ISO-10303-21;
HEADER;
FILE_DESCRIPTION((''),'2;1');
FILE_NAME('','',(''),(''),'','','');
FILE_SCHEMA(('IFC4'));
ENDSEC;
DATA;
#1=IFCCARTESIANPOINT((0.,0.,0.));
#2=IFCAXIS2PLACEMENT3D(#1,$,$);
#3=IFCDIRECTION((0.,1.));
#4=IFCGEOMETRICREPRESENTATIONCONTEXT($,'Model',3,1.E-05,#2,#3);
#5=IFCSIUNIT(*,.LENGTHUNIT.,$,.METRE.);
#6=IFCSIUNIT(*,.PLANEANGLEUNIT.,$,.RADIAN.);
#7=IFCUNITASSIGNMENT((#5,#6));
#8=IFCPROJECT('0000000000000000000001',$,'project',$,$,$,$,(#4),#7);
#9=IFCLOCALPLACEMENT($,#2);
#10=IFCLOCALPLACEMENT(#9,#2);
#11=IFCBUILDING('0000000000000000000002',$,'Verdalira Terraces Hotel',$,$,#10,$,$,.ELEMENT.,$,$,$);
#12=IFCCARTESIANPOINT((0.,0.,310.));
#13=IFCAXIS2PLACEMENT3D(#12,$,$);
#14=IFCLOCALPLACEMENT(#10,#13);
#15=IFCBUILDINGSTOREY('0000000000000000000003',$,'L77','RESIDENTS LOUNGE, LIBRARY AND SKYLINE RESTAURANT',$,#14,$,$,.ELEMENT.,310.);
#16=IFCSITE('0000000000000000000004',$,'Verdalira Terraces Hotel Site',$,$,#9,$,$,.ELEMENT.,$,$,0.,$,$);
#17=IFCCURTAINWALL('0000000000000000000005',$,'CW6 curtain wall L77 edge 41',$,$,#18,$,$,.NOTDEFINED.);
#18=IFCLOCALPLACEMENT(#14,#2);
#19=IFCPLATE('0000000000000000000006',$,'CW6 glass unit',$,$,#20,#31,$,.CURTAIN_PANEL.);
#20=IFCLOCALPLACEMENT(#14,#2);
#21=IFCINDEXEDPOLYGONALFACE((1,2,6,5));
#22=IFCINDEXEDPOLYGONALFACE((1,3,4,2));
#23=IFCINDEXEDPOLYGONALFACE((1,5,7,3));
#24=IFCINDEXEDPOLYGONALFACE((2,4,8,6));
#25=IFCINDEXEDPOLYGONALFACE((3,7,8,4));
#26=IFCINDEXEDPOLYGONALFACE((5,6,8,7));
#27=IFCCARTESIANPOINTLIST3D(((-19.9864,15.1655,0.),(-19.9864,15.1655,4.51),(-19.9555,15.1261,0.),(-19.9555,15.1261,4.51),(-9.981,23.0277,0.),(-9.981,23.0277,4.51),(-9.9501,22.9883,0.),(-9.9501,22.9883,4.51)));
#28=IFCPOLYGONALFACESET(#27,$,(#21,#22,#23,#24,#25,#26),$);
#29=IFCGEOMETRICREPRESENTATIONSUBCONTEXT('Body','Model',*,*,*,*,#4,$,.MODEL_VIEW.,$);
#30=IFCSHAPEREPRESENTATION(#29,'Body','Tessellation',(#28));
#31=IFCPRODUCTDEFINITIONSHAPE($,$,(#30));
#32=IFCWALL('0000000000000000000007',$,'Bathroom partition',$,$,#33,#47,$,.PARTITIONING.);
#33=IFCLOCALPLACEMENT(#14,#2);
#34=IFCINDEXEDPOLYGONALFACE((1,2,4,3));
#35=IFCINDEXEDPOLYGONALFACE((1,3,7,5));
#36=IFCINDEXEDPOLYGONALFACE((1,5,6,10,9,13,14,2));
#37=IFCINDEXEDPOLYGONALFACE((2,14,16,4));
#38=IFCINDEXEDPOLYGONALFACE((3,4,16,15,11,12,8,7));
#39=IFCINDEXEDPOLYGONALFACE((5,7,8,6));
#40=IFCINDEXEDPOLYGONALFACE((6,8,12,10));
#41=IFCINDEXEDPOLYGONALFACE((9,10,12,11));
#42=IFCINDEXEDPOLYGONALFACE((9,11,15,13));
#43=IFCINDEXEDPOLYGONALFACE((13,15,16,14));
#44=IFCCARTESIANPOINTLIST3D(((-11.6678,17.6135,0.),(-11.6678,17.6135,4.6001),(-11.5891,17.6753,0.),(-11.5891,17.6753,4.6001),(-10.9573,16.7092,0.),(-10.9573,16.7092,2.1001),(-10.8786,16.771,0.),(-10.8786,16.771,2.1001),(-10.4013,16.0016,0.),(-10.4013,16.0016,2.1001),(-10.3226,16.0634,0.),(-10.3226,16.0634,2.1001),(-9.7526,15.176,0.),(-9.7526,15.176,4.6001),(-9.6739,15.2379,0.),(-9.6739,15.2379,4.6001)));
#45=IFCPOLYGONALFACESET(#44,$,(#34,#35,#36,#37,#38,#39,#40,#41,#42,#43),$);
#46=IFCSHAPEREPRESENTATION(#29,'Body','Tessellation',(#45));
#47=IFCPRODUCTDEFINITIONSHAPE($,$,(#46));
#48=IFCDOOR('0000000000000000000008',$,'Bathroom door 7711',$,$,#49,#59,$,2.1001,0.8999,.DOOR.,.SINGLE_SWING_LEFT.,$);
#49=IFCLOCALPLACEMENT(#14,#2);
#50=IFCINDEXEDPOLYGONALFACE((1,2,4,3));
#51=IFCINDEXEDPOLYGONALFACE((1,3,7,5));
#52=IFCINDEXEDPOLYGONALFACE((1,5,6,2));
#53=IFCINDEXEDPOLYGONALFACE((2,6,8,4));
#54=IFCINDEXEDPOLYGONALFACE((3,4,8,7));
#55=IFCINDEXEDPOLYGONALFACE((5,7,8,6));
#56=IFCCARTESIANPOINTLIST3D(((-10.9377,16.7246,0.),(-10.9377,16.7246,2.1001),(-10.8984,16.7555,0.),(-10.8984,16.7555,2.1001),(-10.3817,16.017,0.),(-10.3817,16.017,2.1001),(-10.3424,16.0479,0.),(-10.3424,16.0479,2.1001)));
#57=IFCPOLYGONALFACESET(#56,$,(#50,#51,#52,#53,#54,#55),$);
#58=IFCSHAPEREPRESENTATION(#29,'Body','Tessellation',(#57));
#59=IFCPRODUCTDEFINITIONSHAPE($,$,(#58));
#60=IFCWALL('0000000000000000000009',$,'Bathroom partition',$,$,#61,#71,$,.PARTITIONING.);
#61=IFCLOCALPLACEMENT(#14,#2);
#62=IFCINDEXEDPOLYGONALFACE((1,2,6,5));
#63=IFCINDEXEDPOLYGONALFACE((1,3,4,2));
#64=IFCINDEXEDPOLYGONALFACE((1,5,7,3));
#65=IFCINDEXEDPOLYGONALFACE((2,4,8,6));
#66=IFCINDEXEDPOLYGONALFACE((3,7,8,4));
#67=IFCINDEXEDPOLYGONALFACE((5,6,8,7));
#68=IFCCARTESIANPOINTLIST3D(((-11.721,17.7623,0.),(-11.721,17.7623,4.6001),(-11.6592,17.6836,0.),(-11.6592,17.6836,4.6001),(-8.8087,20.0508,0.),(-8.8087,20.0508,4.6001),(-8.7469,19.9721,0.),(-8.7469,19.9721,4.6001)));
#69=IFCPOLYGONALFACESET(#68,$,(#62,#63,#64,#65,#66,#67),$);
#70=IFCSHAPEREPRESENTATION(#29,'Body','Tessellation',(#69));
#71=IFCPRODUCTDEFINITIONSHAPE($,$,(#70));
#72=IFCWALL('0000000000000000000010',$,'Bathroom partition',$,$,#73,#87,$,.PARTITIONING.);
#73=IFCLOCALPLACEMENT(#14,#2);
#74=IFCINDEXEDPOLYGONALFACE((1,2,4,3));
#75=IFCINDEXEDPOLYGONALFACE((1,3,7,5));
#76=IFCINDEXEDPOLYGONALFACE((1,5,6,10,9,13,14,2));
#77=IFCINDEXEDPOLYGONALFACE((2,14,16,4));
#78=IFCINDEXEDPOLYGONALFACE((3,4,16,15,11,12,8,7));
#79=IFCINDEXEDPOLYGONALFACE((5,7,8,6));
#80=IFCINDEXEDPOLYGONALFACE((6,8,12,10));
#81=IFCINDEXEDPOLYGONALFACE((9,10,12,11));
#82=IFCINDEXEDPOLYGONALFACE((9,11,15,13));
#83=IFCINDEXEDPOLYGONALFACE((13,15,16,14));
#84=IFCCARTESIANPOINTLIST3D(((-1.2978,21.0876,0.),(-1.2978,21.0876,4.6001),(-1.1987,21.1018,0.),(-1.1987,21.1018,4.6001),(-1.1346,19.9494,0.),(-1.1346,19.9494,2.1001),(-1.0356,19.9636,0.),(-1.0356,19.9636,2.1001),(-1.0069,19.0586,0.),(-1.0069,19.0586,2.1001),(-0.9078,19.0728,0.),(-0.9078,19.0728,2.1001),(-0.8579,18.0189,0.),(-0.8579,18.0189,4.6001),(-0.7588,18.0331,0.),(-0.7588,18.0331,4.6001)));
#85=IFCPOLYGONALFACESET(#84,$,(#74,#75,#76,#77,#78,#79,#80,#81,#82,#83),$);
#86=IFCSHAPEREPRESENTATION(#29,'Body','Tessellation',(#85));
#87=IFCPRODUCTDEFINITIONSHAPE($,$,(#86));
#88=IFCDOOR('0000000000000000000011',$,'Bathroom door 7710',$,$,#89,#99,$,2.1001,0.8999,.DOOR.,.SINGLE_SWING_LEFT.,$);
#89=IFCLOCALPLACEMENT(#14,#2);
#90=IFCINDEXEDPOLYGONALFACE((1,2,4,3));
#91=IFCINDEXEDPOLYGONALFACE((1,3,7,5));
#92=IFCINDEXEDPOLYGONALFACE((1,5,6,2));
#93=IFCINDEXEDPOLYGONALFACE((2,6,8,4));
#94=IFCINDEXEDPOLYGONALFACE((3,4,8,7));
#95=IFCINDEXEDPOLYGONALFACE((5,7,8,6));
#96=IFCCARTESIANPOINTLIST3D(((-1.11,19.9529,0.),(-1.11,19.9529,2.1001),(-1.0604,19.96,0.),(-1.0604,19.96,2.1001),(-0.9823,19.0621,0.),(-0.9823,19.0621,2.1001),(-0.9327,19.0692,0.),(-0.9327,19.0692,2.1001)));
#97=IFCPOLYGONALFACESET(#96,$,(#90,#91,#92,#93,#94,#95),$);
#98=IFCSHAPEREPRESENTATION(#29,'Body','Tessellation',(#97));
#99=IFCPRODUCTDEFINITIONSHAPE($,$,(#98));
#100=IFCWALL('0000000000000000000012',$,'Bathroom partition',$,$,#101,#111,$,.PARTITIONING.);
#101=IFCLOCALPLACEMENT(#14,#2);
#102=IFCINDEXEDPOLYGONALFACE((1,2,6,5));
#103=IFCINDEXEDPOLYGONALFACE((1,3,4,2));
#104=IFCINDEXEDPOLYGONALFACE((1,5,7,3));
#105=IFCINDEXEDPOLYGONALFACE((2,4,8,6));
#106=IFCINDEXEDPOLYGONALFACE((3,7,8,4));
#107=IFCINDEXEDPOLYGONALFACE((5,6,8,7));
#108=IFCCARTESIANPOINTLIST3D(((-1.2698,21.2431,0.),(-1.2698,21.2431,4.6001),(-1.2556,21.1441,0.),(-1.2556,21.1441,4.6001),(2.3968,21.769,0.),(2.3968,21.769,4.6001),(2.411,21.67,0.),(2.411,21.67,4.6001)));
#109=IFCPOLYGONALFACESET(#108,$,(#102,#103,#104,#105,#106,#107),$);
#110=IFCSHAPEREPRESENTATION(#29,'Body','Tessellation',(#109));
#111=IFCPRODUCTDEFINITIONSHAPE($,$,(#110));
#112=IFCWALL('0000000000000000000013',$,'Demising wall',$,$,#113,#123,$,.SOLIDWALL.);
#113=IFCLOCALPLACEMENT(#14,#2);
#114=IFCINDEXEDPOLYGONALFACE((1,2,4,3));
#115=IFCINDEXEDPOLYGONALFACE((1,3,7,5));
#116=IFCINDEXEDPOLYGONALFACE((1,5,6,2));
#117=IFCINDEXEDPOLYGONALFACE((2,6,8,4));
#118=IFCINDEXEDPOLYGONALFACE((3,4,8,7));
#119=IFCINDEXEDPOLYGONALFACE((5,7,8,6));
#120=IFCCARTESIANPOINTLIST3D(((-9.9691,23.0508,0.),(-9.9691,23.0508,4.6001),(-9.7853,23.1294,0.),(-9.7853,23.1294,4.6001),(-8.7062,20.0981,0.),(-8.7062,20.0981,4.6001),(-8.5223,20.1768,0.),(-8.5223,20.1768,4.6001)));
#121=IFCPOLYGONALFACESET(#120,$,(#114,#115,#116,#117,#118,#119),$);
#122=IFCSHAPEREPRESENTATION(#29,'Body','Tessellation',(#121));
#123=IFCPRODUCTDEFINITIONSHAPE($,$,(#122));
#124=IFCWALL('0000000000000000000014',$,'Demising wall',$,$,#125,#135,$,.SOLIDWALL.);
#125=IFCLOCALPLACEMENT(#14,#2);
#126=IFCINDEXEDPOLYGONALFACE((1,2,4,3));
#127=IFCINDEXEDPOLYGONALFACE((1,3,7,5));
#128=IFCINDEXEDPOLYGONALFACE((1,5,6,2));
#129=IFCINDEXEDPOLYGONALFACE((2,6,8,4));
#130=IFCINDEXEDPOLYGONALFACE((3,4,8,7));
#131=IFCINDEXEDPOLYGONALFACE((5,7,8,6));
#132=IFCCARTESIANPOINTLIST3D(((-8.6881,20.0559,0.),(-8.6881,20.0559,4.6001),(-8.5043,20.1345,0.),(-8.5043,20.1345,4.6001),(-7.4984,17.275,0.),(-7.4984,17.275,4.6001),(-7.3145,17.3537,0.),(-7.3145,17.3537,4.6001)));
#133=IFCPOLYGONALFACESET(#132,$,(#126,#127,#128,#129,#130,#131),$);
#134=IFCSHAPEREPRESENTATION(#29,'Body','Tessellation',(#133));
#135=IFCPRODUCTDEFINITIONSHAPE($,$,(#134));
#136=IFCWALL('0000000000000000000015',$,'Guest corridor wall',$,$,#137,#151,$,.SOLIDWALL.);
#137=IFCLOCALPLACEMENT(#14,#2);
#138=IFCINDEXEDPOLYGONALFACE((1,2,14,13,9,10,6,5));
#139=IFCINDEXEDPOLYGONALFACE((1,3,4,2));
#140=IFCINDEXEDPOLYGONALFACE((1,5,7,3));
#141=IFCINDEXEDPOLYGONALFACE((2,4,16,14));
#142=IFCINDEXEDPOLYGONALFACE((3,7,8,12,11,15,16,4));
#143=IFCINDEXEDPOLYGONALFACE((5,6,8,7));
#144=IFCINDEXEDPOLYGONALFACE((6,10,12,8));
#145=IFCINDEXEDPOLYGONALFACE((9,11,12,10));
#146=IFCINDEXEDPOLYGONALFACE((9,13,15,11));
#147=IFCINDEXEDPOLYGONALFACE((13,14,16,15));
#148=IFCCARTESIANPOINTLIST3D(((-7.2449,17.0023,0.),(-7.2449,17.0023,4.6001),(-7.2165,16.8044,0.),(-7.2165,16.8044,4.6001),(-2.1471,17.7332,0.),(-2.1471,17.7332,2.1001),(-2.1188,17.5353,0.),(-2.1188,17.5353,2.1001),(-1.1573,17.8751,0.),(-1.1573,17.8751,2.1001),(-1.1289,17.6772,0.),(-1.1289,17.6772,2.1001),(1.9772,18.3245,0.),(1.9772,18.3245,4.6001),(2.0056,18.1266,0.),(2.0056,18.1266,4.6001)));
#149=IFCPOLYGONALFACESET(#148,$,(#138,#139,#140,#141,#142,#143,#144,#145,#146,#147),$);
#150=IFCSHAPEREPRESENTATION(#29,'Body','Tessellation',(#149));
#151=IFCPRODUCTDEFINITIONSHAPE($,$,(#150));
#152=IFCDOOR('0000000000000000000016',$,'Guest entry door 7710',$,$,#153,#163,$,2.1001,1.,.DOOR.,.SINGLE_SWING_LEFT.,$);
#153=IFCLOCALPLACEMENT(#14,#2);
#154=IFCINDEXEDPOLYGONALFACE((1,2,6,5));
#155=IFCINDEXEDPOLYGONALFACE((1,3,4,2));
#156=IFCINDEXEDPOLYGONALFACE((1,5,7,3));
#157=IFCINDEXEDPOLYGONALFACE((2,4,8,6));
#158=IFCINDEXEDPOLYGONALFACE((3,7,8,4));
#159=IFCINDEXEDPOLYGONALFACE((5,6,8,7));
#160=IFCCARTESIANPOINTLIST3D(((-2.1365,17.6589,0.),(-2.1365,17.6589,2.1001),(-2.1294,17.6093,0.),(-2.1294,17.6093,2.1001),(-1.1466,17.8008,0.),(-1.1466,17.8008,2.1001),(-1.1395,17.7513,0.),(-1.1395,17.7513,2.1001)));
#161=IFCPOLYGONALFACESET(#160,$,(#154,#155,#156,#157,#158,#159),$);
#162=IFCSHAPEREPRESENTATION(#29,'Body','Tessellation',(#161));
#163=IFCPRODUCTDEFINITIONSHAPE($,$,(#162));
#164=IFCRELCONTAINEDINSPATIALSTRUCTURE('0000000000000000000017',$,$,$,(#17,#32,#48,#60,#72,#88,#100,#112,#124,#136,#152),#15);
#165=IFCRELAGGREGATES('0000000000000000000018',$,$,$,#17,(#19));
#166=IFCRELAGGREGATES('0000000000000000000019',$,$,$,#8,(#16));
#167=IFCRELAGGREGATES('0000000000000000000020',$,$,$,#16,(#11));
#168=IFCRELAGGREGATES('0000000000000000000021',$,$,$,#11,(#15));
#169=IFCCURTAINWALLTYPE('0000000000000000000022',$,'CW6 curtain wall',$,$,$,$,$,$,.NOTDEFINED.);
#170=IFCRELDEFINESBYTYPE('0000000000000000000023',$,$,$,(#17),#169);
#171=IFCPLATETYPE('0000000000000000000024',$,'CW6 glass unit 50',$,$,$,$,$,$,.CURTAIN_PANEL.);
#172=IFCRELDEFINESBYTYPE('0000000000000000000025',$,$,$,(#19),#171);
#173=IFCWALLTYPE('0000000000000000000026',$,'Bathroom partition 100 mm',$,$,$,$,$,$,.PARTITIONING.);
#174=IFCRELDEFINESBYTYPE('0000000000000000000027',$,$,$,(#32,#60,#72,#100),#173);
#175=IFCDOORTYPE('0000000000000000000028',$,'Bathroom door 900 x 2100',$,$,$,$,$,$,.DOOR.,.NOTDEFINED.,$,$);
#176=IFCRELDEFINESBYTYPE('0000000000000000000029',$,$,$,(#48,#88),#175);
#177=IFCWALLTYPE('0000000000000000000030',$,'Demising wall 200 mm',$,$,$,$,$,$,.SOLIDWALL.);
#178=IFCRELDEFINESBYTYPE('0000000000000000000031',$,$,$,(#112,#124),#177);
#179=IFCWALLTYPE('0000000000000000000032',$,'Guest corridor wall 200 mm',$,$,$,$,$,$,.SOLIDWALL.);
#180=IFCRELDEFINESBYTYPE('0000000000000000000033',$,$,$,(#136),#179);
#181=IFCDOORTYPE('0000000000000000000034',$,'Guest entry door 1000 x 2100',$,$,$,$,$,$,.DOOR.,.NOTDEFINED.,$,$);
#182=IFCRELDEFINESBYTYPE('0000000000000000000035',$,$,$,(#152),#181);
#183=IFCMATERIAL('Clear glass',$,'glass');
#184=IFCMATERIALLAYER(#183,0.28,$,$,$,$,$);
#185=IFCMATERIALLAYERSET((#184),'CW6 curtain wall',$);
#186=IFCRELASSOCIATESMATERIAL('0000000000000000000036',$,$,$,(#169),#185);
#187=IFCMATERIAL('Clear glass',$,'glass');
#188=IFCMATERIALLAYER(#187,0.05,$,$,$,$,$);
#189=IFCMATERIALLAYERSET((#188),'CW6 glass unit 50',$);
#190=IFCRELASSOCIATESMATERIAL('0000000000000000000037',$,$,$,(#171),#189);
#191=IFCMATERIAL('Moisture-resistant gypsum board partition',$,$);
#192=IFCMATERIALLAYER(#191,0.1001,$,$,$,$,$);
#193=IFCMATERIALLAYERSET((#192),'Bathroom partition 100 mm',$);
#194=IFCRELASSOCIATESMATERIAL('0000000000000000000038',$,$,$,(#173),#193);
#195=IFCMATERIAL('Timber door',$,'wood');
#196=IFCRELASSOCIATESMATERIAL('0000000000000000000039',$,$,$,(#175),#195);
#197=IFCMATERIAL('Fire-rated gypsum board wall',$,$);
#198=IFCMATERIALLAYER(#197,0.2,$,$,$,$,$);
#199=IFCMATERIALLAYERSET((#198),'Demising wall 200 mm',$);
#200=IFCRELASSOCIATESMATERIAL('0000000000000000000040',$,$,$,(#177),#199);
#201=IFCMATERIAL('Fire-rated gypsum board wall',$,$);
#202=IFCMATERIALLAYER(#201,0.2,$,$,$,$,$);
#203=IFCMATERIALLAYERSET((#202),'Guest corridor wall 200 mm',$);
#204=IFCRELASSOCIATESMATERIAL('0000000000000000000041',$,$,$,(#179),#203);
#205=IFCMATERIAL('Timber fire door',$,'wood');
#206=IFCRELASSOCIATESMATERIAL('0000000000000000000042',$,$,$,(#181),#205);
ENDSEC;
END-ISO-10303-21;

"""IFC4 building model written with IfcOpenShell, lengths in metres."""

from ifc_helpers import new_model, si_unit, direction, frame, frame_2d, origin, origin_2d, place, context, subcontext, project, spatial, rectangle, extrude, material, layer, layer_set, type_object, element, fill, aggregate, save


model = new_model("IFC4")

# Units and contexts
model_context = context("Model", 3, precision=1e-05, world=origin(), true_north=direction((0.0, 1.0)))
body_context = subcontext(model_context, "Body", "Model", "MODEL_VIEW")
ifc_project = project(units=[si_unit("LENGTHUNIT", "METRE"), si_unit("PLANEANGLEUNIT", "RADIAN")], contexts=[model_context])

# Site, building, storey
site_placement = place(None, origin())
site = spatial("IfcSite", under=ifc_project, at=site_placement, Name="Verdalira Terraces Hotel Site", CompositionType="ELEMENT", RefElevation=0.0)
building_placement = place(site_placement, origin())
building = spatial("IfcBuilding", under=site, at=building_placement, Name="Verdalira Terraces Hotel", CompositionType="ELEMENT")
storey_placement = place(building_placement, frame((0.0, 0.0, 310.0)))
storey = spatial("IfcBuildingStorey", under=building, at=storey_placement, Name="L77", Description="RESIDENTS LOUNGE, LIBRARY AND SKYLINE RESTAURANT", CompositionType="ELEMENT", Elevation=310.0)

# Shared definitions
ifc_material_1 = material(Name="Clear glass", Category="glass")
ifc_layer_1 = layer(ifc_material_1, 0.28)
ifc_layer_set_1 = layer_set([ifc_layer_1], Name="CW6 curtain wall")
curtain_wall_type = type_object("IfcCurtainWallType", Name="CW6 curtain wall", PredefinedType="NOTDEFINED", material=ifc_layer_set_1)

# Curtain wall
curtain_wall_1_placement = place(storey_placement, origin())
curtain_wall_1 = element("IfcCurtainWall", 1, at=curtain_wall_1_placement, inside=storey, type_object=curtain_wall_type, Name="CW6 curtain wall L77 edge 41", PredefinedType="NOTDEFINED")

# Plate
ifc_material_2 = material(Name="Clear glass", Category="glass")
ifc_layer_2 = layer(ifc_material_2, 0.05)
ifc_layer_set_2 = layer_set([ifc_layer_2], Name="CW6 glass unit 50")
plate_type = type_object("IfcPlateType", Name="CW6 glass unit 50", PredefinedType="CURTAIN_PANEL", material=ifc_layer_set_2)
plate_1_placement = place(storey_placement, frame((-14.9683, 19.0769, 0.0), z_axis=(0.0, 0.0, 1.0), x_axis=(-0.786288, -0.61786, 0.0)))
plate_1 = element("IfcPlate", 2, at=plate_1_placement, type_object=plate_type, Name="CW6 glass unit", PredefinedType="CURTAIN_PANEL", context=body_context, shape_type="SweptSolid", body=[
    extrude(rectangle(XDim=12.7249, YDim=0.05, at=origin_2d()), origin(), (0.0, 0.0, 1.0), 4.51),
])
aggregate(curtain_wall_1, [plate_1])

# Wall, opening, door
ifc_material_3 = material(Name="Moisture-resistant gypsum board partition")
ifc_layer_3 = layer(ifc_material_3, 0.1001)
ifc_layer_set_3 = layer_set([ifc_layer_3], Name="Bathroom partition 100 mm")
wall_type_1 = type_object("IfcWallType", Name="Bathroom partition 100 mm", PredefinedType="PARTITIONING", material=ifc_layer_set_3)
wall_1_placement = place(storey_placement, frame((-11.6284, 17.6443, 0.0), z_axis=(0.0, 0.0, 1.0), x_axis=(0.617842, -0.786302, 0.0)))
wall_1 = element("IfcWall", 3, at=wall_1_placement, inside=storey, type_object=wall_type_1, Name="Bathroom partition", PredefinedType="PARTITIONING", context=body_context, shape_type="SweptSolid", body=[
    extrude(rectangle(XDim=3.0999, YDim=0.1001, at=frame_2d((1.5498, 0.0))), origin(), (0.0, 0.0, 1.0), 4.6001),
])
opening_1_placement = place(wall_1_placement, frame((1.1499, 0.0, 0.0)))
opening_1 = element("IfcOpeningElement", 4, at=opening_1_placement, cuts=wall_1, PredefinedType="OPENING", context=body_context, shape_type="SweptSolid", body=[
    extrude(rectangle(XDim=0.8999, YDim=2.1001, at=frame_2d((0.45, 1.05))), frame((0.0, 0.0601, 0.0), z_axis=(0.0, -1.0, 0.0), x_axis=(1.0, 0.0, 0.0)), (0.0, 0.0, 1.0), 0.1201),
])
ifc_material_4 = material(Name="Timber door", Category="wood")
door_type_1 = type_object("IfcDoorType", Name="Bathroom door 900 x 2100", OperationType="NOTDEFINED", PredefinedType="DOOR", material=ifc_material_4)
door_1_placement = place(opening_1_placement, origin())
door_1 = element("IfcDoor", 5, at=door_1_placement, inside=storey, type_object=door_type_1, Name="Bathroom door 7711", OperationType="SINGLE_SWING_LEFT", OverallHeight=2.1001, OverallWidth=0.8999, PredefinedType="DOOR", context=body_context, shape_type="SweptSolid", body=[
    extrude(rectangle(XDim=0.8999, YDim=2.1001, at=frame_2d((0.45, 1.05))), frame((0.0, 0.0249, 0.0), z_axis=(0.0, -1.0, 0.0), x_axis=(1.0, 0.0, 0.0)), (0.0, 0.0, 1.0), 0.05),
])
fill(opening_1, door_1)

# Wall
wall_2_placement = place(storey_placement, frame((-11.6902, 17.7229, 0.0), z_axis=(0.0, 0.0, 1.0), x_axis=(0.786279, 0.617871, 0.0)))
element("IfcWall", 6, at=wall_2_placement, inside=storey, type_object=wall_type_1, Name="Bathroom partition", PredefinedType="PARTITIONING", context=body_context, shape_type="SweptSolid", body=[
    extrude(rectangle(XDim=3.7039, YDim=0.1001, at=frame_2d((1.8521, 0.0))), origin(), (0.0, 0.0, 1.0), 4.6001),
])

# Wall, opening, door
wall_3_placement = place(storey_placement, frame((-1.2483, 21.0947, 0.0), z_axis=(0.0, 0.0, 1.0), x_axis=(0.141917, -0.989878, 0.0)))
wall_3 = element("IfcWall", 7, at=wall_3_placement, inside=storey, type_object=wall_type_1, Name="Bathroom partition", PredefinedType="PARTITIONING", context=body_context, shape_type="SweptSolid", body=[
    extrude(rectangle(XDim=3.1001, YDim=0.1001, at=frame_2d((1.55, 0.0))), origin(), (0.0, 0.0, 1.0), 4.6001),
])
opening_2_placement = place(wall_3_placement, frame((1.1499, 0.0, 0.0)))
opening_2 = element("IfcOpeningElement", 8, at=opening_2_placement, cuts=wall_3, PredefinedType="OPENING", context=body_context, shape_type="SweptSolid", body=[
    extrude(rectangle(XDim=0.8999, YDim=2.1001, at=frame_2d((0.45, 1.05))), frame((0.0, 0.0601, 0.0), z_axis=(0.0, -1.0, 0.0), x_axis=(1.0, 0.0, 0.0)), (0.0, 0.0, 1.0), 0.1201),
])
door_2_placement = place(opening_2_placement, origin())
door_2 = element("IfcDoor", 9, at=door_2_placement, inside=storey, type_object=door_type_1, Name="Bathroom door 7710", OperationType="SINGLE_SWING_LEFT", OverallHeight=2.1001, OverallWidth=0.8999, PredefinedType="DOOR", context=body_context, shape_type="SweptSolid", body=[
    extrude(rectangle(XDim=0.8999, YDim=2.1001, at=frame_2d((0.45, 1.05))), frame((0.0, 0.0249, 0.0), z_axis=(0.0, -1.0, 0.0), x_axis=(1.0, 0.0, 0.0)), (0.0, 0.0, 1.0), 0.05),
])
fill(opening_2, door_2)

# Walls
wall_4_placement = place(storey_placement, frame((-1.2627, 21.1936, 0.0), z_axis=(0.0, 0.0, 1.0), x_axis=(0.98987, 0.141975, 0.0)))
element("IfcWall", 10, at=wall_4_placement, inside=storey, type_object=wall_type_1, Name="Bathroom partition", PredefinedType="PARTITIONING", context=body_context, shape_type="SweptSolid", body=[
    extrude(rectangle(XDim=3.7041, YDim=0.1001, at=frame_2d((1.8521, 0.0))), origin(), (0.0, 0.0, 1.0), 4.6001),
])
ifc_material_5 = material(Name="Fire-rated gypsum board wall")
ifc_layer_4 = layer(ifc_material_5, 0.2)
ifc_layer_set_4 = layer_set([ifc_layer_4], Name="Demising wall 200 mm")
wall_type_2 = type_object("IfcWallType", Name="Demising wall 200 mm", PredefinedType="SOLIDWALL", material=ifc_layer_set_4)
wall_5_placement = place(storey_placement, frame((-8.6143, 20.1375, 0.0), z_axis=(0.0, 0.0, 1.0), x_axis=(-0.393268, 0.919424, 0.0)))
element("IfcWall", 11, at=wall_5_placement, inside=storey, type_object=wall_type_2, Name="Demising wall", PredefinedType="SOLIDWALL", context=body_context, shape_type="SweptSolid", body=[
    extrude(rectangle(XDim=3.2114, YDim=0.2, at=frame_2d((1.6057, 0.0))), origin(), (0.0, 0.0, 1.0), 4.6001),
])
wall_6_placement = place(storey_placement, frame((-7.4065, 17.3145, 0.0), z_axis=(0.0, 0.0, 1.0), x_axis=(-0.393344, 0.919391, 0.0)))
element("IfcWall", 12, at=wall_6_placement, inside=storey, type_object=wall_type_2, Name="Demising wall", PredefinedType="SOLIDWALL", context=body_context, shape_type="SweptSolid", body=[
    extrude(rectangle(XDim=3.0247, YDim=0.2, at=frame_2d((1.5122, 0.0))), origin(), (0.0, 0.0, 1.0), 4.6001),
])

# Wall, opening, door
ifc_material_6 = material(Name="Fire-rated gypsum board wall")
ifc_layer_5 = layer(ifc_material_6, 0.2)
ifc_layer_set_5 = layer_set([ifc_layer_5], Name="Guest corridor wall 200 mm")
wall_type_3 = type_object("IfcWallType", Name="Guest corridor wall 200 mm", PredefinedType="SOLIDWALL", material=ifc_layer_set_5)
wall_7_placement = place(storey_placement, frame((-7.2307, 16.9033, 0.0), z_axis=(0.0, 0.0, 1.0), x_axis=(0.989877, 0.141928, 0.0)))
wall_7 = element("IfcWall", 13, at=wall_7_placement, inside=storey, type_object=wall_type_3, Name="Guest corridor wall", PredefinedType="SOLIDWALL", context=body_context, shape_type="SweptSolid", body=[
    extrude(rectangle(XDim=9.3164, YDim=0.2, at=frame_2d((4.6582, 0.0))), origin(), (0.0, 0.0, 1.0), 4.6001),
])
opening_3_placement = place(wall_7_placement, frame((5.1499, 0.0, 0.0)))
opening_3 = element("IfcOpeningElement", 14, at=opening_3_placement, cuts=wall_7, PredefinedType="OPENING", context=body_context, shape_type="SweptSolid", body=[
    extrude(rectangle(XDim=1.0, YDim=2.1001, at=frame_2d((0.5, 1.05))), frame((0.0, 0.1099, 0.0), z_axis=(0.0, -1.0, 0.0), x_axis=(1.0, 0.0, 0.0)), (0.0, 0.0, 1.0), 0.22),
])
ifc_material_7 = material(Name="Timber fire door", Category="wood")
door_type_2 = type_object("IfcDoorType", Name="Guest entry door 1000 x 2100", OperationType="NOTDEFINED", PredefinedType="DOOR", material=ifc_material_7)
door_3_placement = place(opening_3_placement, origin())
door_3 = element("IfcDoor", 15, at=door_3_placement, inside=storey, type_object=door_type_2, Name="Guest entry door 7710", OperationType="SINGLE_SWING_LEFT", OverallHeight=2.1001, OverallWidth=1.0, PredefinedType="DOOR", context=body_context, shape_type="SweptSolid", body=[
    extrude(rectangle(XDim=1.0, YDim=2.1001, at=frame_2d((0.5, 1.05))), frame((0.0, 0.0249, 0.0), z_axis=(0.0, -1.0, 0.0), x_axis=(1.0, 0.0, 0.0)), (0.0, 0.0, 1.0), 0.05),
])
fill(opening_3, door_3)

save(model, "model.ifc")
